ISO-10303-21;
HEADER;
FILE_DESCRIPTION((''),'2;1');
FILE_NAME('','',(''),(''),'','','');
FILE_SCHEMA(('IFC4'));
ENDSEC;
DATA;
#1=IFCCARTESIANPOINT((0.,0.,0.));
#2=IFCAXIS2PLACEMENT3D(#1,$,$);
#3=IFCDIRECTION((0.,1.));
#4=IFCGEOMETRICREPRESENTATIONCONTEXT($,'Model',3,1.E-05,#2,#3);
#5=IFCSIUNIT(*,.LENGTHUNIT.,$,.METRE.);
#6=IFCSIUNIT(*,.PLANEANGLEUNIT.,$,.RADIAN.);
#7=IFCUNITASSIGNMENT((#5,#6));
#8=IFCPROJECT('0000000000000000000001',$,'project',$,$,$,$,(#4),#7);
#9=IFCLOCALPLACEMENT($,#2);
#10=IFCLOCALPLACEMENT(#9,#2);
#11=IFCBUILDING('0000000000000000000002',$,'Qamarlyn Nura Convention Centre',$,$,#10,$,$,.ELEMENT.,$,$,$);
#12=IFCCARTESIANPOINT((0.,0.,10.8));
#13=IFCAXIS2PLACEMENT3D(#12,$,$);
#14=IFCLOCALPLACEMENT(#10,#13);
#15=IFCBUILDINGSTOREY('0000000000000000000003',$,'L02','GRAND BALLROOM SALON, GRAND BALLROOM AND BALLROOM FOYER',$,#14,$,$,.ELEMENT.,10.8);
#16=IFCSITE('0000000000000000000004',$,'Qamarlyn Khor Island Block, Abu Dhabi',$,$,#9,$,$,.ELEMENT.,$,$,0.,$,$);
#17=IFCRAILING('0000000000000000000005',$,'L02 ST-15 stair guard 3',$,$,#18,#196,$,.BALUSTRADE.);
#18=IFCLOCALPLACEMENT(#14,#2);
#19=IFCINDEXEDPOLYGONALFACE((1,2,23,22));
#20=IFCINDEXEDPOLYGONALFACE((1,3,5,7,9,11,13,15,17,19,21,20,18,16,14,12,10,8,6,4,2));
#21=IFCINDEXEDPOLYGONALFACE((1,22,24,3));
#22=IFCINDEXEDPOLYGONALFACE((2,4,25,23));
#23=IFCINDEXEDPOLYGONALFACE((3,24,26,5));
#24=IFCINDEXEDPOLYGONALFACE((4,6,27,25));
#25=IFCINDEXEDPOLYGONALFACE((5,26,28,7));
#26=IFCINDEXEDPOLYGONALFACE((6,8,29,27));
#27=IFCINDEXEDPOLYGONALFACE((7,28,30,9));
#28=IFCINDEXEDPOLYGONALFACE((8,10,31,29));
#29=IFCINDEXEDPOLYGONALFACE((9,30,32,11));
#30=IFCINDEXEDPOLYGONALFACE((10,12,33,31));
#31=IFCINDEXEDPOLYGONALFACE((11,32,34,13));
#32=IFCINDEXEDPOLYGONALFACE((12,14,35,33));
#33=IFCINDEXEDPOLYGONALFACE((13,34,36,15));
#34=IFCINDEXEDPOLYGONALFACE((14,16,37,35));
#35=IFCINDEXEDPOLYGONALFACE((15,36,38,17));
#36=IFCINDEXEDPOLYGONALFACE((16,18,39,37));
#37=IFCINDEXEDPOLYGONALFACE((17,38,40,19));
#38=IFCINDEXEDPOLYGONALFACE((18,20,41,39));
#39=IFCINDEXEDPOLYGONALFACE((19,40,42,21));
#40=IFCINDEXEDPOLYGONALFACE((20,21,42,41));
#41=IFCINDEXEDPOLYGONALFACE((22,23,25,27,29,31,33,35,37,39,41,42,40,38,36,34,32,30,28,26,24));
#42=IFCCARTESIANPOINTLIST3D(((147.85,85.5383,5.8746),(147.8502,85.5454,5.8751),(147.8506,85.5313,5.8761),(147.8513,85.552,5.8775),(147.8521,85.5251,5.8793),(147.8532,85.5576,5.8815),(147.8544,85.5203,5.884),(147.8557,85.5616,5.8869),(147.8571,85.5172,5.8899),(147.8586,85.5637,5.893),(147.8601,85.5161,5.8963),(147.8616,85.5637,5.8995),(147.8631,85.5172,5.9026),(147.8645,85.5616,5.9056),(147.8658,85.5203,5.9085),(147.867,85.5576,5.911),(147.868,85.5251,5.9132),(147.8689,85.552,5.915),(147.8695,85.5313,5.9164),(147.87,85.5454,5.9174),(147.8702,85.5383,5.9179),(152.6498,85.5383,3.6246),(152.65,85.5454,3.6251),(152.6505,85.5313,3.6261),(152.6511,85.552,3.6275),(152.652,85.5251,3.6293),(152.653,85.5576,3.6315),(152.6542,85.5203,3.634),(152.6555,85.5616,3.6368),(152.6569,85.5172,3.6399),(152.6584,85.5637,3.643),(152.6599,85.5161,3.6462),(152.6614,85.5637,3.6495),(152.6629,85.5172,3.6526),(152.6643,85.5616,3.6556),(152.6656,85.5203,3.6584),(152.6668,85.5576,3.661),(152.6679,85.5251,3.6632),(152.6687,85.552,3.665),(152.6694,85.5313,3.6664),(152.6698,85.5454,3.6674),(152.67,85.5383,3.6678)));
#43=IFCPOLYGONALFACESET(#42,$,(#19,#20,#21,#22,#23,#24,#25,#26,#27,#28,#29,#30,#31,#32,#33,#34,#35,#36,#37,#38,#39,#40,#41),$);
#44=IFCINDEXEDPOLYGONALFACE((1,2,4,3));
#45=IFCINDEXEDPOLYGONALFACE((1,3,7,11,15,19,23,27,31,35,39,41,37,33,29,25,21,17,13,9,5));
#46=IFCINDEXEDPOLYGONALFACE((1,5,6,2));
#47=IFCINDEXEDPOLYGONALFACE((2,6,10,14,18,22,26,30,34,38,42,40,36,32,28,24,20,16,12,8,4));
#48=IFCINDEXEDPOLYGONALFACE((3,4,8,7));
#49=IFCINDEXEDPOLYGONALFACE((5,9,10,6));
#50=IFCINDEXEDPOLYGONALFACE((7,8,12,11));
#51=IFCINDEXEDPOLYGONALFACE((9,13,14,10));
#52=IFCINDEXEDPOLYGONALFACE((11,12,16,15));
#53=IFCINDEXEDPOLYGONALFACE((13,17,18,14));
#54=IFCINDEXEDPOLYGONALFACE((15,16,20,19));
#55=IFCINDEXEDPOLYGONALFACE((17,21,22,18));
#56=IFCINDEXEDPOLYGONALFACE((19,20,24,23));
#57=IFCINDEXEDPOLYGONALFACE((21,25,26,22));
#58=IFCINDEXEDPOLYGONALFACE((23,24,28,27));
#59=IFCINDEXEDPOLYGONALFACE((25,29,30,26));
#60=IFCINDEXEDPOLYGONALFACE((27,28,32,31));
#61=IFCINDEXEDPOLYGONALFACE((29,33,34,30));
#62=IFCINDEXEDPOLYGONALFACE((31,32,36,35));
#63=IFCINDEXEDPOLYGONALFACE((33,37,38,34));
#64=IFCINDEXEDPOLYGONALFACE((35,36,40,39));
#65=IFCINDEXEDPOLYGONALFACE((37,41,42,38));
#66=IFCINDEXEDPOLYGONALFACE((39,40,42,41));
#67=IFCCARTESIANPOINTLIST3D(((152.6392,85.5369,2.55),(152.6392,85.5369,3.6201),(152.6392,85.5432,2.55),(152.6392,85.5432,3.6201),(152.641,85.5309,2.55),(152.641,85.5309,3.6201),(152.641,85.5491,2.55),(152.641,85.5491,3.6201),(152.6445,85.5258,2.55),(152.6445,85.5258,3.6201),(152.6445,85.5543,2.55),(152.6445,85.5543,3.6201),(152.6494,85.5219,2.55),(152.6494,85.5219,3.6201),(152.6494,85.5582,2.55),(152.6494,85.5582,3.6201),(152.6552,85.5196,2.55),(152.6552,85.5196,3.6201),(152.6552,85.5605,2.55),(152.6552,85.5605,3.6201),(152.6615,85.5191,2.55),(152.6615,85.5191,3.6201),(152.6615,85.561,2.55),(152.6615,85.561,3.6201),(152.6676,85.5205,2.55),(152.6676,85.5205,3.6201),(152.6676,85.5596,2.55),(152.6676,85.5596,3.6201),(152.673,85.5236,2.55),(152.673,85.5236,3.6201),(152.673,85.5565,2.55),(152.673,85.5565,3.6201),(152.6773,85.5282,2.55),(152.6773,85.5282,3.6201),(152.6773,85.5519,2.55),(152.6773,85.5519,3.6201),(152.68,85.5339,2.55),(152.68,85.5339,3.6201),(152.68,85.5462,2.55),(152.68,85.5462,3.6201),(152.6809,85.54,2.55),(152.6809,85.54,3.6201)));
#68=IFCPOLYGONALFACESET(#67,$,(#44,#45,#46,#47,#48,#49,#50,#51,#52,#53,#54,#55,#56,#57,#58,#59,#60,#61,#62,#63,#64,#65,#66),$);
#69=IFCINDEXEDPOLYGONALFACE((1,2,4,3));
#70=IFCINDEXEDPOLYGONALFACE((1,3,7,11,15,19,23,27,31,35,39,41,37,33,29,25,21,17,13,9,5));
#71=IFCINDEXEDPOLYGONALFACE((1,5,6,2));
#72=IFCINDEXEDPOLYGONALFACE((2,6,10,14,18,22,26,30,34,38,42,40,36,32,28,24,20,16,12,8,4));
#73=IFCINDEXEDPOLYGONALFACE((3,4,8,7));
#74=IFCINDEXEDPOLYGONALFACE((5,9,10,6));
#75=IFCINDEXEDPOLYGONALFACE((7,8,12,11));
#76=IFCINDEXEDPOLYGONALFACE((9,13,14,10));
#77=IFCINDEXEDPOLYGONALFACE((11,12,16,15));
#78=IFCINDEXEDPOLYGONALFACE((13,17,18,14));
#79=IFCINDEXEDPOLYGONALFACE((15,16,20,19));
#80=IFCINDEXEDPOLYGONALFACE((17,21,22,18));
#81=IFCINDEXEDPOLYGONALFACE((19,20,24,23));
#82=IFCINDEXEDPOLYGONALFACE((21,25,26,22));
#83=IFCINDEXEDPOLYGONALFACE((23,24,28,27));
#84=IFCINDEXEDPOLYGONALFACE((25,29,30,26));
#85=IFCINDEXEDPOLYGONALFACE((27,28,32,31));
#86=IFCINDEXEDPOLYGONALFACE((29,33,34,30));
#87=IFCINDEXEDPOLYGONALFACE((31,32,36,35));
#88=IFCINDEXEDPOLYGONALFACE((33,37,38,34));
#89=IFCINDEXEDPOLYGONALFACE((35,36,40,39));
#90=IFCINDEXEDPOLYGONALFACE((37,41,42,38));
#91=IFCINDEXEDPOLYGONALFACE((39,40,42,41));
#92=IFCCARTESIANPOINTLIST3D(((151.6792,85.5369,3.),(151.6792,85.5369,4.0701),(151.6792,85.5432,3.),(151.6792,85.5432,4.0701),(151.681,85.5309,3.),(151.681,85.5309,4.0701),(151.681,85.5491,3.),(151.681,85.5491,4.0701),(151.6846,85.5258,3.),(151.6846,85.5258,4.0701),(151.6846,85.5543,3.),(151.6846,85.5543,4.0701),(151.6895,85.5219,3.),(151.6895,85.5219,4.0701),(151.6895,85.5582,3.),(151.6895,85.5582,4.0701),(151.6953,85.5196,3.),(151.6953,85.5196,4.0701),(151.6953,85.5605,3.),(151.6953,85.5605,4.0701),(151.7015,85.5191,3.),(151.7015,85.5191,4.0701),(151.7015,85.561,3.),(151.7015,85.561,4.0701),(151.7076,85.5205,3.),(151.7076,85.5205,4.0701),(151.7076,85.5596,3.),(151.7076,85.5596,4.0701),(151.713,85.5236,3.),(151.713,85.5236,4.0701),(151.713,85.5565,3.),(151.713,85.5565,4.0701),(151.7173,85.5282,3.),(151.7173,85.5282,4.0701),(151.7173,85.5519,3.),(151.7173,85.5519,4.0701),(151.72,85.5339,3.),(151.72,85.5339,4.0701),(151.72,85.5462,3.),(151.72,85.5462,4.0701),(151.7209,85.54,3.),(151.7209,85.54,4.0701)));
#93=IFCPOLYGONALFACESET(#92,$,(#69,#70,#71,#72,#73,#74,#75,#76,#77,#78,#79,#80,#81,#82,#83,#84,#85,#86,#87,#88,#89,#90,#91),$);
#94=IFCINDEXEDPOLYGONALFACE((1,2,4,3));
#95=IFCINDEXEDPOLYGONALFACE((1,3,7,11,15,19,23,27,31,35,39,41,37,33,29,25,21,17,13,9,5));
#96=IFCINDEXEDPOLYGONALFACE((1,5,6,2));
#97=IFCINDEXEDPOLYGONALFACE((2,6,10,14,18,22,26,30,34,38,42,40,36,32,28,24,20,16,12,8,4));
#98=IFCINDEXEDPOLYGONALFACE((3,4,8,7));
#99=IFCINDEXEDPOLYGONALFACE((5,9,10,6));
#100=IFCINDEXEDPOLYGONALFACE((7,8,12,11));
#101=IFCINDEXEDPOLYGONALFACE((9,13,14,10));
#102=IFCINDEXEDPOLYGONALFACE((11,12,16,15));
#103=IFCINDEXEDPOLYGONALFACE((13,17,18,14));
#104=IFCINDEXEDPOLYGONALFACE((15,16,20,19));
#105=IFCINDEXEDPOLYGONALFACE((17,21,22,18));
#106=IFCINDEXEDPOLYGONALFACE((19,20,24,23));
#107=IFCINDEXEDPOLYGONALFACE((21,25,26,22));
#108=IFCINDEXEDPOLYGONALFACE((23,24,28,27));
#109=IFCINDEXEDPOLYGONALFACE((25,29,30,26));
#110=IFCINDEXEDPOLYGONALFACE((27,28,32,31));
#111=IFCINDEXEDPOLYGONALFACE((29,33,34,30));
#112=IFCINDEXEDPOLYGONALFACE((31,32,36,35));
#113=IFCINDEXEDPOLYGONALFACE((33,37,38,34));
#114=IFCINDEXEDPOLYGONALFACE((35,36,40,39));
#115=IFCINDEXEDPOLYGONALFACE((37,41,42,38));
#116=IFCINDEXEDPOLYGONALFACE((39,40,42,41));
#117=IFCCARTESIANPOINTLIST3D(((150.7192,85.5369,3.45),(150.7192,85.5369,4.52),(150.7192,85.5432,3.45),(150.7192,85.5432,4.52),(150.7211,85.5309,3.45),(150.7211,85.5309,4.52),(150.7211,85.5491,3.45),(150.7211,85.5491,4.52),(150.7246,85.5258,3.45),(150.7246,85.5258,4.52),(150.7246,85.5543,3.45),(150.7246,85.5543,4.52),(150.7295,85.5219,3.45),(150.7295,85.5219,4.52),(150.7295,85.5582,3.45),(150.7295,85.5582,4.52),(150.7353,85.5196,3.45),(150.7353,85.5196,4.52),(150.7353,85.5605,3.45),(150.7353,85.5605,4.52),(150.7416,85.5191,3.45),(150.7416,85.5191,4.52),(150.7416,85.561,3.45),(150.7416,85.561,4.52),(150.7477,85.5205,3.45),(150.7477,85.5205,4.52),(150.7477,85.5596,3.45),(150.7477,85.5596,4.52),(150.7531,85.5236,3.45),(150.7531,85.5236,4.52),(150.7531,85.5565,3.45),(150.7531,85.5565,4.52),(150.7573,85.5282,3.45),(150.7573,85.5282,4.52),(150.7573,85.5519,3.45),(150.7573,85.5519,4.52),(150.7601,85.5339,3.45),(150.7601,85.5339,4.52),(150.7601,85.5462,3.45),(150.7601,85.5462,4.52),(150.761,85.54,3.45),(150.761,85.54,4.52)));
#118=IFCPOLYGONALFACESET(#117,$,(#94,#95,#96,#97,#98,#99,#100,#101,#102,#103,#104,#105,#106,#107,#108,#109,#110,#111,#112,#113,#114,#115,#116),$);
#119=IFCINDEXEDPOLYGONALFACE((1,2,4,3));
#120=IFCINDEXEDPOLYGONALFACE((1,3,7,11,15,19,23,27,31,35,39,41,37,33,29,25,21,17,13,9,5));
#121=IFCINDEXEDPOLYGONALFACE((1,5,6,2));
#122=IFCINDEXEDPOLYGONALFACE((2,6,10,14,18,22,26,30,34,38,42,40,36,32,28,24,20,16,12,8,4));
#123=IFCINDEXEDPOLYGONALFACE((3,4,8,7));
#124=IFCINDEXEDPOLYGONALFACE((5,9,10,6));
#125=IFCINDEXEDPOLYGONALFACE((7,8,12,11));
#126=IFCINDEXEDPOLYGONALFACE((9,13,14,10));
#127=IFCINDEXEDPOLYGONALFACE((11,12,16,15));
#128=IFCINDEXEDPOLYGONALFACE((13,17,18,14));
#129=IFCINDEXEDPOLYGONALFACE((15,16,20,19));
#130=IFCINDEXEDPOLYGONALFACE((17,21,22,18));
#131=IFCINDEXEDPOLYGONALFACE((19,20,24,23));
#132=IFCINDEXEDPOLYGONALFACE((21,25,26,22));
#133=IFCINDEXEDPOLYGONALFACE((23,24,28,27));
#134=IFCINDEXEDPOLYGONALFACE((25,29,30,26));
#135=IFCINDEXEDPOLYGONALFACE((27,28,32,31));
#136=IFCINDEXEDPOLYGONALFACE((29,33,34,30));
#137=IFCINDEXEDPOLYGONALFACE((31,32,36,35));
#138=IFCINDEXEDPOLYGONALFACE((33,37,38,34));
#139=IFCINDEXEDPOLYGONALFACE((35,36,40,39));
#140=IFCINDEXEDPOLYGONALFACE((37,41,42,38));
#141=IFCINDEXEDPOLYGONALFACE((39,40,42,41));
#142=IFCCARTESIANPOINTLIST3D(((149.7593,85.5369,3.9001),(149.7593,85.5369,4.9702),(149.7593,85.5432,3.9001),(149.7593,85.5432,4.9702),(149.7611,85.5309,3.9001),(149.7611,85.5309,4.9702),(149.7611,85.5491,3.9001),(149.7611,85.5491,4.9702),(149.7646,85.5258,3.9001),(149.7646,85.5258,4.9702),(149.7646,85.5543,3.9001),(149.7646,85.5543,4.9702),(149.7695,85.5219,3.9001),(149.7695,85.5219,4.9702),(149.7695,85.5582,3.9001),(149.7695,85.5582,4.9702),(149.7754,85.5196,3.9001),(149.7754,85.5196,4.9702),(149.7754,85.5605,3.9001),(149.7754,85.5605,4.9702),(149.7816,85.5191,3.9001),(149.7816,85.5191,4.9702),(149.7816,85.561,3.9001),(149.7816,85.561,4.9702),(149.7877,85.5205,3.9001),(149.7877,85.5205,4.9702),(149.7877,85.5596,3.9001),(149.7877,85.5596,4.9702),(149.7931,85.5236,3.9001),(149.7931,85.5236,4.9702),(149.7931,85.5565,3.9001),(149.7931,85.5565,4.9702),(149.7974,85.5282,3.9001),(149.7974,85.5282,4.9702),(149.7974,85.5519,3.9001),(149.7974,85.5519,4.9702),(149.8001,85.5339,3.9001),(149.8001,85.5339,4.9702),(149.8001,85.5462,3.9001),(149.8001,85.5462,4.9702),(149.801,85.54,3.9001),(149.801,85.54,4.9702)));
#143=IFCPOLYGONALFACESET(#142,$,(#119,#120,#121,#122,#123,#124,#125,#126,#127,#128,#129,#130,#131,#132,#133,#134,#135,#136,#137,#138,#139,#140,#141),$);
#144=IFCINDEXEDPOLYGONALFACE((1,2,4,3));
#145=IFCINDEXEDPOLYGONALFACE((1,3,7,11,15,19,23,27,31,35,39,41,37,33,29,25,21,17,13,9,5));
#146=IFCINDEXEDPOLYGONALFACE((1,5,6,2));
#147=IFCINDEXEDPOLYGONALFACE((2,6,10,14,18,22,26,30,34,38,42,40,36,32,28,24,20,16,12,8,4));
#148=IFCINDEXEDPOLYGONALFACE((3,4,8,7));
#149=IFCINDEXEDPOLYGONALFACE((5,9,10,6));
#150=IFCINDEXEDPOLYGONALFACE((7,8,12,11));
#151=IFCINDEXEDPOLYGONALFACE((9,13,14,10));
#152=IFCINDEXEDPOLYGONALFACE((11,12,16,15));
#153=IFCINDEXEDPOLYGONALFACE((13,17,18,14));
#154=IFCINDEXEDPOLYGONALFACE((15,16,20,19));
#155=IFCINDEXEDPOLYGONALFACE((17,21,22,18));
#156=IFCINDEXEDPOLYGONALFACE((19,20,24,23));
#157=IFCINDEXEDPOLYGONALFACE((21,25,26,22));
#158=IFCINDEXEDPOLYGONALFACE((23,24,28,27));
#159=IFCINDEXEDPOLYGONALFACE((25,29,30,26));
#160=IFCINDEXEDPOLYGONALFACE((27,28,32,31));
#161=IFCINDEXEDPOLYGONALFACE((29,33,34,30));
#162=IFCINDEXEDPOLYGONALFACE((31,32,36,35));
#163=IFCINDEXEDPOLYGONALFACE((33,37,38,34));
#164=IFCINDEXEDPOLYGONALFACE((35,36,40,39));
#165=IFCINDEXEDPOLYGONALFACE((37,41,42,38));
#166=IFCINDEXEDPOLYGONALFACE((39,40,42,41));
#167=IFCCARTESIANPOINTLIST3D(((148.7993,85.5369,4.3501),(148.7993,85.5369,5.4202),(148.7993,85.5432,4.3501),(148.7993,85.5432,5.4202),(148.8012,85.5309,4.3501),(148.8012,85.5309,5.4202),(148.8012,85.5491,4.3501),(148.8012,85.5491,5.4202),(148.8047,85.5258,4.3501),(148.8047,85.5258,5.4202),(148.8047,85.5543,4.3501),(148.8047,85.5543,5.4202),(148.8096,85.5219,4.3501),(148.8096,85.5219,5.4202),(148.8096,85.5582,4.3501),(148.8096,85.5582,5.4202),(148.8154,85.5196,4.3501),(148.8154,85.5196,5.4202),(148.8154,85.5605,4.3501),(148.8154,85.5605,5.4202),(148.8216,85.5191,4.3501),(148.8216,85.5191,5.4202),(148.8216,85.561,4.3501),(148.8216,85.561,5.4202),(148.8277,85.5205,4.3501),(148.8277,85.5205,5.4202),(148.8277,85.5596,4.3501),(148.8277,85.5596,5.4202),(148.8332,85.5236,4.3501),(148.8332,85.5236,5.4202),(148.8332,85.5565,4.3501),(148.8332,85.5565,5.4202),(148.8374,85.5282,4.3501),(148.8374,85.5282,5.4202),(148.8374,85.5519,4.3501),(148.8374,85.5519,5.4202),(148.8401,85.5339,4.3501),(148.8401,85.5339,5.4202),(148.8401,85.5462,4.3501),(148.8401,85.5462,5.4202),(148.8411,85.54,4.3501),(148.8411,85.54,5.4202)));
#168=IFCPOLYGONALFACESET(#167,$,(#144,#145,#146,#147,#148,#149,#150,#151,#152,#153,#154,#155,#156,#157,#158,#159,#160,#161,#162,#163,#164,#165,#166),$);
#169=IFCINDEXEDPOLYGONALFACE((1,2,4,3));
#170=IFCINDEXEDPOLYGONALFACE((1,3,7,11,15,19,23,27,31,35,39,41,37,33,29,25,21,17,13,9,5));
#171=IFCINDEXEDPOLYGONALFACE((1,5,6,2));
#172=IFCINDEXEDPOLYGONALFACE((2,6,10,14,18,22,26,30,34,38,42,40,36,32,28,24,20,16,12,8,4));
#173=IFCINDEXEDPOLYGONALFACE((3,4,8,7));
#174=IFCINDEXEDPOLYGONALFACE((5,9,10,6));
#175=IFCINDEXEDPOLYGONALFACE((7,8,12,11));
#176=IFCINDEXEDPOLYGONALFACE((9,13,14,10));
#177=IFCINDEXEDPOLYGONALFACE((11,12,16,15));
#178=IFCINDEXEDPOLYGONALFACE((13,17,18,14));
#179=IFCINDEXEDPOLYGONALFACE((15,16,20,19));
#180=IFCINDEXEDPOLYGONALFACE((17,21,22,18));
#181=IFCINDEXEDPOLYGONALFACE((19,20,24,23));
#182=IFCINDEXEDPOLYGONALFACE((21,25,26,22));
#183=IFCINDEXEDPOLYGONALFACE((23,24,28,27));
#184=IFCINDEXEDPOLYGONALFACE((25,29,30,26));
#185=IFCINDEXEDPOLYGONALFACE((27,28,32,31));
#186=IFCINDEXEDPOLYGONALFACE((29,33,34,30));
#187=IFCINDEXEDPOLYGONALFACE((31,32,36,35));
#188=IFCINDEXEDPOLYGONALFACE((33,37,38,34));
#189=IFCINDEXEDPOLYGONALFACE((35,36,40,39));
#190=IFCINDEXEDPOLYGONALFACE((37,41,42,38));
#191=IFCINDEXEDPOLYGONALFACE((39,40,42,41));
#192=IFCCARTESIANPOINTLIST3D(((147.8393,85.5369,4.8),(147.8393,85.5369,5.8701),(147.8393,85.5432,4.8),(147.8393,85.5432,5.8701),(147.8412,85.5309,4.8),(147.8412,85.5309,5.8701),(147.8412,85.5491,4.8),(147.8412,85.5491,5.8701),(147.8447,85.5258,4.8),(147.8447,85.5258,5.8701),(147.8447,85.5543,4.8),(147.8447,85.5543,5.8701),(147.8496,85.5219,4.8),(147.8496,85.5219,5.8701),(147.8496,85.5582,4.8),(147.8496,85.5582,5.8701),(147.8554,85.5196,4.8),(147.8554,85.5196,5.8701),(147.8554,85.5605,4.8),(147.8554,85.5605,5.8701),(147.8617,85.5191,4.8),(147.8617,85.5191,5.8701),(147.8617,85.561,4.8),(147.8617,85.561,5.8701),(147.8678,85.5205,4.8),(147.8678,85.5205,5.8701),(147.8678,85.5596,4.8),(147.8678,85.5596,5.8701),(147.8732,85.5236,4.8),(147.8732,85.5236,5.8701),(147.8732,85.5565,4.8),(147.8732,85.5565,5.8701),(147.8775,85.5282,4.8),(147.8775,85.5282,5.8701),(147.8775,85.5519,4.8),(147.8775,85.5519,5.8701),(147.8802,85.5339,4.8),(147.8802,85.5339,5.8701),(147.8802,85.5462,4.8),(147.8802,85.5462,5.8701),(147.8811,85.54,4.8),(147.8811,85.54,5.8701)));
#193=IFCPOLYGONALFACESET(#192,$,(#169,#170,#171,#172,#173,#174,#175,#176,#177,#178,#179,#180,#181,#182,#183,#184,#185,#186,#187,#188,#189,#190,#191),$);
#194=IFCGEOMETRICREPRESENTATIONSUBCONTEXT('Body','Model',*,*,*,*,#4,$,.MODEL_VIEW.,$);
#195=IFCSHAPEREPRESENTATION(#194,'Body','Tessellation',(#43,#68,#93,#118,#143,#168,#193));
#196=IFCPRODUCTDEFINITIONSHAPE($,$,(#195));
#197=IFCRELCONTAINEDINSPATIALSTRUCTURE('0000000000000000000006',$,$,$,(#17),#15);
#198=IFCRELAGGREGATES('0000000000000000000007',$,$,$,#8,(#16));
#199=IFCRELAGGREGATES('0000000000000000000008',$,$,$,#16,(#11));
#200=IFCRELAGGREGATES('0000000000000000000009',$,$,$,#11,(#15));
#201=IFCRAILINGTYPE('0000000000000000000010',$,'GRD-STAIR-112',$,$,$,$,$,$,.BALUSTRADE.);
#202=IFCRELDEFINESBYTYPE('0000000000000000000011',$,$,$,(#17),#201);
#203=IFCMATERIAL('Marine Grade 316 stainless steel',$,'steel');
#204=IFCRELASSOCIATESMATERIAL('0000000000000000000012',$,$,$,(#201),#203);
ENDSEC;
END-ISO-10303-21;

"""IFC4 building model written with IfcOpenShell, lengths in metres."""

from ifc_helpers import new_model, si_unit, direction, frame, origin, origin_2d, place, context, subcontext, project, spatial, circle, extrude, material, type_object, element, save


model = new_model("IFC4")

# Units and contexts
model_context = context("Model", 3, precision=1e-05, world=origin(), true_north=direction((0.0, 1.0)))
body_context = subcontext(model_context, "Body", "Model", "MODEL_VIEW")
ifc_project = project(units=[si_unit("LENGTHUNIT", "METRE"), si_unit("PLANEANGLEUNIT", "RADIAN")], contexts=[model_context])

# Site, building, storey
site_placement = place(None, origin())
site = spatial("IfcSite", under=ifc_project, at=site_placement, Name="Qamarlyn Khor Island Block, Abu Dhabi", CompositionType="ELEMENT", RefElevation=0.0)
building_placement = place(site_placement, origin())
building = spatial("IfcBuilding", under=site, at=building_placement, Name="Qamarlyn Nura Convention Centre", CompositionType="ELEMENT")
storey_placement = place(building_placement, frame((0.0, 0.0, 10.8)))
storey = spatial("IfcBuildingStorey", under=building, at=storey_placement, Name="L02", Description="GRAND BALLROOM SALON, GRAND BALLROOM AND BALLROOM FOYER", CompositionType="ELEMENT", Elevation=10.8)

# Railing
ifc_material_1 = material(Name="Marine Grade 316 stainless steel", Category="steel")
railing_type_1 = type_object("IfcRailingType", Name="GRD-STAIR-112", PredefinedType="BALUSTRADE", material=ifc_material_1)
railing_1_placement = place(storey_placement, frame((152.6599, 85.54, 2.55)))
element("IfcRailing", 1, at=railing_1_placement, inside=storey, type_object=railing_type_1, Name="L02 ST-15 stair guard 3", PredefinedType="BALUSTRADE", context=body_context, shape_type="SweptSolid", body=[
    extrude(circle(Radius=0.0239, at=origin_2d()), frame((0.0, 0.0, 1.0962), z_axis=(-0.905452, 0.0, 0.424448), x_axis=(0.0, -1.0, 0.0)), (0.0, 0.0, 1.0), 5.301),
    extrude(circle(Radius=0.021, at=origin_2d()), origin(), (0.0, 0.0, 1.0), 1.0701),
    extrude(circle(Radius=0.021, at=origin_2d()), frame((-0.96, 0.0, 0.45)), (0.0, 0.0, 1.0), 1.0701),
    extrude(circle(Radius=0.021, at=origin_2d()), frame((-1.9199, 0.0, 0.8999)), (0.0, 0.0, 1.0), 1.0701),
    extrude(circle(Radius=0.021, at=origin_2d()), frame((-2.8799, 0.0, 1.3501)), (0.0, 0.0, 1.0), 1.0701),
    extrude(circle(Radius=0.021, at=origin_2d()), frame((-3.8398, 0.0, 1.8)), (0.0, 0.0, 1.0), 1.0701),
    extrude(circle(Radius=0.021, at=origin_2d()), frame((-4.7998, 0.0, 2.25)), (0.0, 0.0, 1.0), 1.0701),
])

save(model, "model.ifc")
